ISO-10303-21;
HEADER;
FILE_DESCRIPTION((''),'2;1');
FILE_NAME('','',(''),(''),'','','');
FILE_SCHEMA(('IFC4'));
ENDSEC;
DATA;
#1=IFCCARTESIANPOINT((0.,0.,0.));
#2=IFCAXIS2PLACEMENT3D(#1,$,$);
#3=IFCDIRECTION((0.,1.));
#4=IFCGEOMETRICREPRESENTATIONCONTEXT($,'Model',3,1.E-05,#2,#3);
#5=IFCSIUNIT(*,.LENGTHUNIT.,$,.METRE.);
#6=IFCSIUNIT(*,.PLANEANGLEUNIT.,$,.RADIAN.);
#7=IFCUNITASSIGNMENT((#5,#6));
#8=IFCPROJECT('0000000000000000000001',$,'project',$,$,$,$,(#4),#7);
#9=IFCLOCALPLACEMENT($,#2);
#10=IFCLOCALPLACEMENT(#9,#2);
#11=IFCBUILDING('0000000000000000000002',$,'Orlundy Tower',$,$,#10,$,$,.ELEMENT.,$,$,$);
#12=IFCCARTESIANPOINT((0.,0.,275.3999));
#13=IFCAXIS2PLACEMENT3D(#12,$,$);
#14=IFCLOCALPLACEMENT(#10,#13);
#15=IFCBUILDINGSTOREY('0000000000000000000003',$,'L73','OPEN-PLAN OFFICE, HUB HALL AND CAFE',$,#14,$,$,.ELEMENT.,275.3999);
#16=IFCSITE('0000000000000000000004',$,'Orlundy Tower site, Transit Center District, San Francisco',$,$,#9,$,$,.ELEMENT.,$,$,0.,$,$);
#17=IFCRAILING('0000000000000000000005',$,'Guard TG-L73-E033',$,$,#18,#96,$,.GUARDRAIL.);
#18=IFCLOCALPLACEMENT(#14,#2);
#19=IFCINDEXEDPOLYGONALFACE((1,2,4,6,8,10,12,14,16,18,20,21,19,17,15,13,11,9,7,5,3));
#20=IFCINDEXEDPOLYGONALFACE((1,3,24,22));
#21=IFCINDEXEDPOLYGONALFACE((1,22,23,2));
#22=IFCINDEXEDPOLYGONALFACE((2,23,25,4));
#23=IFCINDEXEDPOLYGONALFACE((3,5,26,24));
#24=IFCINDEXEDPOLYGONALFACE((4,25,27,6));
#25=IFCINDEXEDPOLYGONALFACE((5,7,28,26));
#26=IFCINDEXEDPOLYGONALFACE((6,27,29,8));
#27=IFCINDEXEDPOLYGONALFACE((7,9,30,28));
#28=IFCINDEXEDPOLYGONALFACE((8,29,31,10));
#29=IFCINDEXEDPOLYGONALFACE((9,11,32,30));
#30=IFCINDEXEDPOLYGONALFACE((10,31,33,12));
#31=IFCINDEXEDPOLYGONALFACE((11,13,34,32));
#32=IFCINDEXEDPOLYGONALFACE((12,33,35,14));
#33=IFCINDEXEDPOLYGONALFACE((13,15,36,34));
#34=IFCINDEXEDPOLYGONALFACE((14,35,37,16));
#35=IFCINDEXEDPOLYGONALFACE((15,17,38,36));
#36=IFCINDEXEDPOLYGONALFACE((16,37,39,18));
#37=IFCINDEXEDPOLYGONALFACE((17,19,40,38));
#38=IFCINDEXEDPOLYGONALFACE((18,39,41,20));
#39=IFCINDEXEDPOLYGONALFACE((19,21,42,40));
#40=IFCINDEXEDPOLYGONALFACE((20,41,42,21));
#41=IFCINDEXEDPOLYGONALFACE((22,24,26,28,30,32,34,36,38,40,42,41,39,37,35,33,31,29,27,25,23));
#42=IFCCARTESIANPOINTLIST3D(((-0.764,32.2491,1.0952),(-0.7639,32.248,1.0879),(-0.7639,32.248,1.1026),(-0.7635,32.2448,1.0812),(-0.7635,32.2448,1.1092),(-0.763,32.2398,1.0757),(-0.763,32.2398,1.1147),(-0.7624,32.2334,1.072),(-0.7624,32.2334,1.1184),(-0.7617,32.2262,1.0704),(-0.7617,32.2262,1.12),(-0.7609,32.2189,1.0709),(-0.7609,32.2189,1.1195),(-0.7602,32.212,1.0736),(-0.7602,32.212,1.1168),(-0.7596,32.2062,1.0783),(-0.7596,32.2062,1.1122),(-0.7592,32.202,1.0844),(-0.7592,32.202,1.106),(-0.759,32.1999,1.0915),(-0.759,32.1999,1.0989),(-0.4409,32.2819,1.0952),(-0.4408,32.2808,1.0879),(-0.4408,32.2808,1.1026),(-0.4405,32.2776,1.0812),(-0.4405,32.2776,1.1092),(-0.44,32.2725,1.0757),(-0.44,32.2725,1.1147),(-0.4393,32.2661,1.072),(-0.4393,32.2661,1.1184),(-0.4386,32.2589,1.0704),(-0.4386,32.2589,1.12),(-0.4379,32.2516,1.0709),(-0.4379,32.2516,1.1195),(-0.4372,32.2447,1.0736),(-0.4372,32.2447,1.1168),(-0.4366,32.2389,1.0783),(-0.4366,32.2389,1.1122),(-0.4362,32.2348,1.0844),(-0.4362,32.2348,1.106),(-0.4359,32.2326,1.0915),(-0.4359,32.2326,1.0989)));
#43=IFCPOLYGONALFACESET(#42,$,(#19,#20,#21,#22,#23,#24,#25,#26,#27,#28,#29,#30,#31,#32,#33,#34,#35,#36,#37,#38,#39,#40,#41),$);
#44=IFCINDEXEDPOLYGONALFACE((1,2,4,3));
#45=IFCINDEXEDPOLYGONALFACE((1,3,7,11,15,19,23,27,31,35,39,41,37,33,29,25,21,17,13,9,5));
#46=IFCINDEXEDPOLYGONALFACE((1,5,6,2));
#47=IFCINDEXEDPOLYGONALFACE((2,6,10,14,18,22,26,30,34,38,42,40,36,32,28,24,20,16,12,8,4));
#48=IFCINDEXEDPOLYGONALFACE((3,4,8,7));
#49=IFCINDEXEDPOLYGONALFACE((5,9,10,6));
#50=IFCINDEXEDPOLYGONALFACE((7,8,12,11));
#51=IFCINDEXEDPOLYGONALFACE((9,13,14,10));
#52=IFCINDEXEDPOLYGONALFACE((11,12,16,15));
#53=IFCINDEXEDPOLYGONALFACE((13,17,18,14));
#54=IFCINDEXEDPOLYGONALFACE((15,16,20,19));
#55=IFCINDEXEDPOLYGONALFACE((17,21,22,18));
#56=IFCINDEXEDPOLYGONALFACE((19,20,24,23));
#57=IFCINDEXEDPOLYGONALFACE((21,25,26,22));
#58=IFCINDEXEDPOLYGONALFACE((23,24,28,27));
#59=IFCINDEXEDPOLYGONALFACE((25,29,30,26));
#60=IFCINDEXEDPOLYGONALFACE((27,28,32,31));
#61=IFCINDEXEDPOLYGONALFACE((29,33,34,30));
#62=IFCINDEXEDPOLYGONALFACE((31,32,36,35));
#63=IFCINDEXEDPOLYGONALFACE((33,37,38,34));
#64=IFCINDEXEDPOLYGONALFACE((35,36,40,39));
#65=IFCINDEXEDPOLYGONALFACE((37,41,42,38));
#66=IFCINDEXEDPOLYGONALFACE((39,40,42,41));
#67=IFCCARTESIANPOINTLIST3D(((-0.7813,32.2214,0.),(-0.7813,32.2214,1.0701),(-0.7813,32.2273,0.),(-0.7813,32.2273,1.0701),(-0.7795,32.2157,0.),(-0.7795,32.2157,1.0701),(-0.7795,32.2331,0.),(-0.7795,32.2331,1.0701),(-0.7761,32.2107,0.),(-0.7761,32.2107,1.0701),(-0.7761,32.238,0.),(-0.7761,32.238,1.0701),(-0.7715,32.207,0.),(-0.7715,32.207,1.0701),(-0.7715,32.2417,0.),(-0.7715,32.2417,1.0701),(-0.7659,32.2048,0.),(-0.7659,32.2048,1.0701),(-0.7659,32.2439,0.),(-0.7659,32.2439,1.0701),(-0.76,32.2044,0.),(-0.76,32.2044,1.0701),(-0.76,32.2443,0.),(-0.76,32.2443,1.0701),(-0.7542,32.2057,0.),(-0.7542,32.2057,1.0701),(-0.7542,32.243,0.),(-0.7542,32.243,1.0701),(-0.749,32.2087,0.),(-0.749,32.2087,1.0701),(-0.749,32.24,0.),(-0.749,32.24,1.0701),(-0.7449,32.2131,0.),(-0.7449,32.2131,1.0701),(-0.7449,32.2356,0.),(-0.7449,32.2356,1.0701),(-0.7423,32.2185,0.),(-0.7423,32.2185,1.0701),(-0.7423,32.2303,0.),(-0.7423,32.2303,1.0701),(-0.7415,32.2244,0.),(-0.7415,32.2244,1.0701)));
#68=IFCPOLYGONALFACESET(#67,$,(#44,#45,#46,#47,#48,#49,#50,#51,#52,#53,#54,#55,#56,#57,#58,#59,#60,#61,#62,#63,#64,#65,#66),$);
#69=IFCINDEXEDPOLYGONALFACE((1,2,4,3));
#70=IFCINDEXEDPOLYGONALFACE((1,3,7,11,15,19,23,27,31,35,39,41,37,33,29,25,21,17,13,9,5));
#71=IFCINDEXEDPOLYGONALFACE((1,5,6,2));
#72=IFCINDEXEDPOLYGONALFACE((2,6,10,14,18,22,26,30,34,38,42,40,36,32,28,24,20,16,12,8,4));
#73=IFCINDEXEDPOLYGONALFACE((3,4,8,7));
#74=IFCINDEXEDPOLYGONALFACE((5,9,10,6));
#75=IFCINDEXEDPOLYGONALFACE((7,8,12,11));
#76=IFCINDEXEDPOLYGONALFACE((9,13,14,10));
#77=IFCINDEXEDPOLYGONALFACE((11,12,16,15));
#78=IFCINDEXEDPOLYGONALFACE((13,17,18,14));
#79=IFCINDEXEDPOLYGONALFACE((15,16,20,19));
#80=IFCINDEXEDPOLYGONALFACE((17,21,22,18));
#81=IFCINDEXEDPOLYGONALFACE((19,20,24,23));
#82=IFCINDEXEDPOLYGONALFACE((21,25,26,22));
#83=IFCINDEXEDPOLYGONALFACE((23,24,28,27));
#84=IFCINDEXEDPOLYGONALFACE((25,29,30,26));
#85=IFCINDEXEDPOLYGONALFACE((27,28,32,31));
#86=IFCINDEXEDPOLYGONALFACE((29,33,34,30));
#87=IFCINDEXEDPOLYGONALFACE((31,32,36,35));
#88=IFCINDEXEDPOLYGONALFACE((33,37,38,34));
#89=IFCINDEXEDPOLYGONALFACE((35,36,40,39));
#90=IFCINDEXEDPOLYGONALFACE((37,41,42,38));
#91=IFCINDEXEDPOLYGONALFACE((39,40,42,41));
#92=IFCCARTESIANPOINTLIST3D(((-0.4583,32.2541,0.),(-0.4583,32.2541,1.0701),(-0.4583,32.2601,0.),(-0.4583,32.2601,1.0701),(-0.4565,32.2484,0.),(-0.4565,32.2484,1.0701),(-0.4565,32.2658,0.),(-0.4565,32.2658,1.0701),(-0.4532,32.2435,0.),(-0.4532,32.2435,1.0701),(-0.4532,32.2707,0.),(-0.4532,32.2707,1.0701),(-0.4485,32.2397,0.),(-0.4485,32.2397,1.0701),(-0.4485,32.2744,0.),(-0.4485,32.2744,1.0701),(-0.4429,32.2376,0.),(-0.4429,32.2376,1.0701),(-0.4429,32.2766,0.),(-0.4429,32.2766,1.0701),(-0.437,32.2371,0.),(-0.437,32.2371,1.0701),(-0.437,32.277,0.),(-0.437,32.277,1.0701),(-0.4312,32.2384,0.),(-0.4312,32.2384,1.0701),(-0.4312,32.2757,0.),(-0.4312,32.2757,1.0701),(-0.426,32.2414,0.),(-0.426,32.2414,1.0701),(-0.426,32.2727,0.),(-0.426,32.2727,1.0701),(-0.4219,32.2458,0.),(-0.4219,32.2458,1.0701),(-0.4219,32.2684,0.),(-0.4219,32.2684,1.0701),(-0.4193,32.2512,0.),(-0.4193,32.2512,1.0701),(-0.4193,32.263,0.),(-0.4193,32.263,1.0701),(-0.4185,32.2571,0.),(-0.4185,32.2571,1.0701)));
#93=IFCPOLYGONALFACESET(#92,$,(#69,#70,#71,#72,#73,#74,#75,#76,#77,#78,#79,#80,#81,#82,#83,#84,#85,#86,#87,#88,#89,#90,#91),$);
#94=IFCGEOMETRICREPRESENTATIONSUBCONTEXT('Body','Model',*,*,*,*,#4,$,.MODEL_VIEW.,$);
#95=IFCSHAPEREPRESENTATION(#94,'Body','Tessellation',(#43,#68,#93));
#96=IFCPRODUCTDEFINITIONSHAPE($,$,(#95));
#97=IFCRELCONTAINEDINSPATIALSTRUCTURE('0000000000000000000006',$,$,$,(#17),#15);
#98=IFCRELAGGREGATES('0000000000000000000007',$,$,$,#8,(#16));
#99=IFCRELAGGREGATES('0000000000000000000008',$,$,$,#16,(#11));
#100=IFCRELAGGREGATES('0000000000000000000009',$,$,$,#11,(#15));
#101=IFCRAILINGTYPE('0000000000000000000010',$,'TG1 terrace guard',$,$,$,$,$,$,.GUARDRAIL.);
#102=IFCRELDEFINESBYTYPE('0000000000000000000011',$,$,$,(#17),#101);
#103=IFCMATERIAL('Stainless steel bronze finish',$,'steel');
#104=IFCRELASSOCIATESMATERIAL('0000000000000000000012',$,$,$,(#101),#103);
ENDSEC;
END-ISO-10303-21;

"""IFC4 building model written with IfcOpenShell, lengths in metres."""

from ifc_helpers import new_model, si_unit, direction, frame, origin, origin_2d, place, context, subcontext, project, spatial, circle, extrude, material, type_object, element, save


model = new_model("IFC4")

# Units and contexts
model_context = context("Model", 3, precision=1e-05, world=origin(), true_north=direction((0.0, 1.0)))
body_context = subcontext(model_context, "Body", "Model", "MODEL_VIEW")
ifc_project = project(units=[si_unit("LENGTHUNIT", "METRE"), si_unit("PLANEANGLEUNIT", "RADIAN")], contexts=[model_context])

# Site, building, storey
site_placement = place(None, origin())
site = spatial("IfcSite", under=ifc_project, at=site_placement, Name="Orlundy Tower site, Transit Center District, San Francisco", CompositionType="ELEMENT", RefElevation=0.0)
building_placement = place(site_placement, origin())
building = spatial("IfcBuilding", under=site, at=building_placement, Name="Orlundy Tower", CompositionType="ELEMENT")
storey_placement = place(building_placement, frame((0.0, 0.0, 275.3999)))
storey = spatial("IfcBuildingStorey", under=building, at=storey_placement, Name="L73", Description="OPEN-PLAN OFFICE, HUB HALL AND CAFE", CompositionType="ELEMENT", Elevation=275.3999)

# Railing
ifc_material_1 = material(Name="Stainless steel bronze finish", Category="steel")
railing_type = type_object("IfcRailingType", Name="TG1 terrace guard", PredefinedType="GUARDRAIL", material=ifc_material_1)
railing_1_placement = place(storey_placement, frame((-0.7615, 32.2244, 0.0)))
element("IfcRailing", 1, at=railing_1_placement, inside=storey, type_object=railing_type, Name="Guard TG-L73-E033", PredefinedType="GUARDRAIL", context=body_context, shape_type="SweptSolid", body=[
    extrude(circle(Radius=0.0249, at=origin_2d()), frame((0.0, 0.0, 1.0952), z_axis=(0.99491, 0.100769, 0.0), x_axis=(-0.100769, 0.99491, 0.0)), (0.0, 0.0, 1.0), 0.3247),
    extrude(circle(Radius=0.02, at=origin_2d()), origin(), (0.0, 0.0, 1.0), 1.0701),
    extrude(circle(Radius=0.02, at=origin_2d()), frame((0.323, 0.0327, 0.0)), (0.0, 0.0, 1.0), 1.0701),
])

save(model, "model.ifc")
